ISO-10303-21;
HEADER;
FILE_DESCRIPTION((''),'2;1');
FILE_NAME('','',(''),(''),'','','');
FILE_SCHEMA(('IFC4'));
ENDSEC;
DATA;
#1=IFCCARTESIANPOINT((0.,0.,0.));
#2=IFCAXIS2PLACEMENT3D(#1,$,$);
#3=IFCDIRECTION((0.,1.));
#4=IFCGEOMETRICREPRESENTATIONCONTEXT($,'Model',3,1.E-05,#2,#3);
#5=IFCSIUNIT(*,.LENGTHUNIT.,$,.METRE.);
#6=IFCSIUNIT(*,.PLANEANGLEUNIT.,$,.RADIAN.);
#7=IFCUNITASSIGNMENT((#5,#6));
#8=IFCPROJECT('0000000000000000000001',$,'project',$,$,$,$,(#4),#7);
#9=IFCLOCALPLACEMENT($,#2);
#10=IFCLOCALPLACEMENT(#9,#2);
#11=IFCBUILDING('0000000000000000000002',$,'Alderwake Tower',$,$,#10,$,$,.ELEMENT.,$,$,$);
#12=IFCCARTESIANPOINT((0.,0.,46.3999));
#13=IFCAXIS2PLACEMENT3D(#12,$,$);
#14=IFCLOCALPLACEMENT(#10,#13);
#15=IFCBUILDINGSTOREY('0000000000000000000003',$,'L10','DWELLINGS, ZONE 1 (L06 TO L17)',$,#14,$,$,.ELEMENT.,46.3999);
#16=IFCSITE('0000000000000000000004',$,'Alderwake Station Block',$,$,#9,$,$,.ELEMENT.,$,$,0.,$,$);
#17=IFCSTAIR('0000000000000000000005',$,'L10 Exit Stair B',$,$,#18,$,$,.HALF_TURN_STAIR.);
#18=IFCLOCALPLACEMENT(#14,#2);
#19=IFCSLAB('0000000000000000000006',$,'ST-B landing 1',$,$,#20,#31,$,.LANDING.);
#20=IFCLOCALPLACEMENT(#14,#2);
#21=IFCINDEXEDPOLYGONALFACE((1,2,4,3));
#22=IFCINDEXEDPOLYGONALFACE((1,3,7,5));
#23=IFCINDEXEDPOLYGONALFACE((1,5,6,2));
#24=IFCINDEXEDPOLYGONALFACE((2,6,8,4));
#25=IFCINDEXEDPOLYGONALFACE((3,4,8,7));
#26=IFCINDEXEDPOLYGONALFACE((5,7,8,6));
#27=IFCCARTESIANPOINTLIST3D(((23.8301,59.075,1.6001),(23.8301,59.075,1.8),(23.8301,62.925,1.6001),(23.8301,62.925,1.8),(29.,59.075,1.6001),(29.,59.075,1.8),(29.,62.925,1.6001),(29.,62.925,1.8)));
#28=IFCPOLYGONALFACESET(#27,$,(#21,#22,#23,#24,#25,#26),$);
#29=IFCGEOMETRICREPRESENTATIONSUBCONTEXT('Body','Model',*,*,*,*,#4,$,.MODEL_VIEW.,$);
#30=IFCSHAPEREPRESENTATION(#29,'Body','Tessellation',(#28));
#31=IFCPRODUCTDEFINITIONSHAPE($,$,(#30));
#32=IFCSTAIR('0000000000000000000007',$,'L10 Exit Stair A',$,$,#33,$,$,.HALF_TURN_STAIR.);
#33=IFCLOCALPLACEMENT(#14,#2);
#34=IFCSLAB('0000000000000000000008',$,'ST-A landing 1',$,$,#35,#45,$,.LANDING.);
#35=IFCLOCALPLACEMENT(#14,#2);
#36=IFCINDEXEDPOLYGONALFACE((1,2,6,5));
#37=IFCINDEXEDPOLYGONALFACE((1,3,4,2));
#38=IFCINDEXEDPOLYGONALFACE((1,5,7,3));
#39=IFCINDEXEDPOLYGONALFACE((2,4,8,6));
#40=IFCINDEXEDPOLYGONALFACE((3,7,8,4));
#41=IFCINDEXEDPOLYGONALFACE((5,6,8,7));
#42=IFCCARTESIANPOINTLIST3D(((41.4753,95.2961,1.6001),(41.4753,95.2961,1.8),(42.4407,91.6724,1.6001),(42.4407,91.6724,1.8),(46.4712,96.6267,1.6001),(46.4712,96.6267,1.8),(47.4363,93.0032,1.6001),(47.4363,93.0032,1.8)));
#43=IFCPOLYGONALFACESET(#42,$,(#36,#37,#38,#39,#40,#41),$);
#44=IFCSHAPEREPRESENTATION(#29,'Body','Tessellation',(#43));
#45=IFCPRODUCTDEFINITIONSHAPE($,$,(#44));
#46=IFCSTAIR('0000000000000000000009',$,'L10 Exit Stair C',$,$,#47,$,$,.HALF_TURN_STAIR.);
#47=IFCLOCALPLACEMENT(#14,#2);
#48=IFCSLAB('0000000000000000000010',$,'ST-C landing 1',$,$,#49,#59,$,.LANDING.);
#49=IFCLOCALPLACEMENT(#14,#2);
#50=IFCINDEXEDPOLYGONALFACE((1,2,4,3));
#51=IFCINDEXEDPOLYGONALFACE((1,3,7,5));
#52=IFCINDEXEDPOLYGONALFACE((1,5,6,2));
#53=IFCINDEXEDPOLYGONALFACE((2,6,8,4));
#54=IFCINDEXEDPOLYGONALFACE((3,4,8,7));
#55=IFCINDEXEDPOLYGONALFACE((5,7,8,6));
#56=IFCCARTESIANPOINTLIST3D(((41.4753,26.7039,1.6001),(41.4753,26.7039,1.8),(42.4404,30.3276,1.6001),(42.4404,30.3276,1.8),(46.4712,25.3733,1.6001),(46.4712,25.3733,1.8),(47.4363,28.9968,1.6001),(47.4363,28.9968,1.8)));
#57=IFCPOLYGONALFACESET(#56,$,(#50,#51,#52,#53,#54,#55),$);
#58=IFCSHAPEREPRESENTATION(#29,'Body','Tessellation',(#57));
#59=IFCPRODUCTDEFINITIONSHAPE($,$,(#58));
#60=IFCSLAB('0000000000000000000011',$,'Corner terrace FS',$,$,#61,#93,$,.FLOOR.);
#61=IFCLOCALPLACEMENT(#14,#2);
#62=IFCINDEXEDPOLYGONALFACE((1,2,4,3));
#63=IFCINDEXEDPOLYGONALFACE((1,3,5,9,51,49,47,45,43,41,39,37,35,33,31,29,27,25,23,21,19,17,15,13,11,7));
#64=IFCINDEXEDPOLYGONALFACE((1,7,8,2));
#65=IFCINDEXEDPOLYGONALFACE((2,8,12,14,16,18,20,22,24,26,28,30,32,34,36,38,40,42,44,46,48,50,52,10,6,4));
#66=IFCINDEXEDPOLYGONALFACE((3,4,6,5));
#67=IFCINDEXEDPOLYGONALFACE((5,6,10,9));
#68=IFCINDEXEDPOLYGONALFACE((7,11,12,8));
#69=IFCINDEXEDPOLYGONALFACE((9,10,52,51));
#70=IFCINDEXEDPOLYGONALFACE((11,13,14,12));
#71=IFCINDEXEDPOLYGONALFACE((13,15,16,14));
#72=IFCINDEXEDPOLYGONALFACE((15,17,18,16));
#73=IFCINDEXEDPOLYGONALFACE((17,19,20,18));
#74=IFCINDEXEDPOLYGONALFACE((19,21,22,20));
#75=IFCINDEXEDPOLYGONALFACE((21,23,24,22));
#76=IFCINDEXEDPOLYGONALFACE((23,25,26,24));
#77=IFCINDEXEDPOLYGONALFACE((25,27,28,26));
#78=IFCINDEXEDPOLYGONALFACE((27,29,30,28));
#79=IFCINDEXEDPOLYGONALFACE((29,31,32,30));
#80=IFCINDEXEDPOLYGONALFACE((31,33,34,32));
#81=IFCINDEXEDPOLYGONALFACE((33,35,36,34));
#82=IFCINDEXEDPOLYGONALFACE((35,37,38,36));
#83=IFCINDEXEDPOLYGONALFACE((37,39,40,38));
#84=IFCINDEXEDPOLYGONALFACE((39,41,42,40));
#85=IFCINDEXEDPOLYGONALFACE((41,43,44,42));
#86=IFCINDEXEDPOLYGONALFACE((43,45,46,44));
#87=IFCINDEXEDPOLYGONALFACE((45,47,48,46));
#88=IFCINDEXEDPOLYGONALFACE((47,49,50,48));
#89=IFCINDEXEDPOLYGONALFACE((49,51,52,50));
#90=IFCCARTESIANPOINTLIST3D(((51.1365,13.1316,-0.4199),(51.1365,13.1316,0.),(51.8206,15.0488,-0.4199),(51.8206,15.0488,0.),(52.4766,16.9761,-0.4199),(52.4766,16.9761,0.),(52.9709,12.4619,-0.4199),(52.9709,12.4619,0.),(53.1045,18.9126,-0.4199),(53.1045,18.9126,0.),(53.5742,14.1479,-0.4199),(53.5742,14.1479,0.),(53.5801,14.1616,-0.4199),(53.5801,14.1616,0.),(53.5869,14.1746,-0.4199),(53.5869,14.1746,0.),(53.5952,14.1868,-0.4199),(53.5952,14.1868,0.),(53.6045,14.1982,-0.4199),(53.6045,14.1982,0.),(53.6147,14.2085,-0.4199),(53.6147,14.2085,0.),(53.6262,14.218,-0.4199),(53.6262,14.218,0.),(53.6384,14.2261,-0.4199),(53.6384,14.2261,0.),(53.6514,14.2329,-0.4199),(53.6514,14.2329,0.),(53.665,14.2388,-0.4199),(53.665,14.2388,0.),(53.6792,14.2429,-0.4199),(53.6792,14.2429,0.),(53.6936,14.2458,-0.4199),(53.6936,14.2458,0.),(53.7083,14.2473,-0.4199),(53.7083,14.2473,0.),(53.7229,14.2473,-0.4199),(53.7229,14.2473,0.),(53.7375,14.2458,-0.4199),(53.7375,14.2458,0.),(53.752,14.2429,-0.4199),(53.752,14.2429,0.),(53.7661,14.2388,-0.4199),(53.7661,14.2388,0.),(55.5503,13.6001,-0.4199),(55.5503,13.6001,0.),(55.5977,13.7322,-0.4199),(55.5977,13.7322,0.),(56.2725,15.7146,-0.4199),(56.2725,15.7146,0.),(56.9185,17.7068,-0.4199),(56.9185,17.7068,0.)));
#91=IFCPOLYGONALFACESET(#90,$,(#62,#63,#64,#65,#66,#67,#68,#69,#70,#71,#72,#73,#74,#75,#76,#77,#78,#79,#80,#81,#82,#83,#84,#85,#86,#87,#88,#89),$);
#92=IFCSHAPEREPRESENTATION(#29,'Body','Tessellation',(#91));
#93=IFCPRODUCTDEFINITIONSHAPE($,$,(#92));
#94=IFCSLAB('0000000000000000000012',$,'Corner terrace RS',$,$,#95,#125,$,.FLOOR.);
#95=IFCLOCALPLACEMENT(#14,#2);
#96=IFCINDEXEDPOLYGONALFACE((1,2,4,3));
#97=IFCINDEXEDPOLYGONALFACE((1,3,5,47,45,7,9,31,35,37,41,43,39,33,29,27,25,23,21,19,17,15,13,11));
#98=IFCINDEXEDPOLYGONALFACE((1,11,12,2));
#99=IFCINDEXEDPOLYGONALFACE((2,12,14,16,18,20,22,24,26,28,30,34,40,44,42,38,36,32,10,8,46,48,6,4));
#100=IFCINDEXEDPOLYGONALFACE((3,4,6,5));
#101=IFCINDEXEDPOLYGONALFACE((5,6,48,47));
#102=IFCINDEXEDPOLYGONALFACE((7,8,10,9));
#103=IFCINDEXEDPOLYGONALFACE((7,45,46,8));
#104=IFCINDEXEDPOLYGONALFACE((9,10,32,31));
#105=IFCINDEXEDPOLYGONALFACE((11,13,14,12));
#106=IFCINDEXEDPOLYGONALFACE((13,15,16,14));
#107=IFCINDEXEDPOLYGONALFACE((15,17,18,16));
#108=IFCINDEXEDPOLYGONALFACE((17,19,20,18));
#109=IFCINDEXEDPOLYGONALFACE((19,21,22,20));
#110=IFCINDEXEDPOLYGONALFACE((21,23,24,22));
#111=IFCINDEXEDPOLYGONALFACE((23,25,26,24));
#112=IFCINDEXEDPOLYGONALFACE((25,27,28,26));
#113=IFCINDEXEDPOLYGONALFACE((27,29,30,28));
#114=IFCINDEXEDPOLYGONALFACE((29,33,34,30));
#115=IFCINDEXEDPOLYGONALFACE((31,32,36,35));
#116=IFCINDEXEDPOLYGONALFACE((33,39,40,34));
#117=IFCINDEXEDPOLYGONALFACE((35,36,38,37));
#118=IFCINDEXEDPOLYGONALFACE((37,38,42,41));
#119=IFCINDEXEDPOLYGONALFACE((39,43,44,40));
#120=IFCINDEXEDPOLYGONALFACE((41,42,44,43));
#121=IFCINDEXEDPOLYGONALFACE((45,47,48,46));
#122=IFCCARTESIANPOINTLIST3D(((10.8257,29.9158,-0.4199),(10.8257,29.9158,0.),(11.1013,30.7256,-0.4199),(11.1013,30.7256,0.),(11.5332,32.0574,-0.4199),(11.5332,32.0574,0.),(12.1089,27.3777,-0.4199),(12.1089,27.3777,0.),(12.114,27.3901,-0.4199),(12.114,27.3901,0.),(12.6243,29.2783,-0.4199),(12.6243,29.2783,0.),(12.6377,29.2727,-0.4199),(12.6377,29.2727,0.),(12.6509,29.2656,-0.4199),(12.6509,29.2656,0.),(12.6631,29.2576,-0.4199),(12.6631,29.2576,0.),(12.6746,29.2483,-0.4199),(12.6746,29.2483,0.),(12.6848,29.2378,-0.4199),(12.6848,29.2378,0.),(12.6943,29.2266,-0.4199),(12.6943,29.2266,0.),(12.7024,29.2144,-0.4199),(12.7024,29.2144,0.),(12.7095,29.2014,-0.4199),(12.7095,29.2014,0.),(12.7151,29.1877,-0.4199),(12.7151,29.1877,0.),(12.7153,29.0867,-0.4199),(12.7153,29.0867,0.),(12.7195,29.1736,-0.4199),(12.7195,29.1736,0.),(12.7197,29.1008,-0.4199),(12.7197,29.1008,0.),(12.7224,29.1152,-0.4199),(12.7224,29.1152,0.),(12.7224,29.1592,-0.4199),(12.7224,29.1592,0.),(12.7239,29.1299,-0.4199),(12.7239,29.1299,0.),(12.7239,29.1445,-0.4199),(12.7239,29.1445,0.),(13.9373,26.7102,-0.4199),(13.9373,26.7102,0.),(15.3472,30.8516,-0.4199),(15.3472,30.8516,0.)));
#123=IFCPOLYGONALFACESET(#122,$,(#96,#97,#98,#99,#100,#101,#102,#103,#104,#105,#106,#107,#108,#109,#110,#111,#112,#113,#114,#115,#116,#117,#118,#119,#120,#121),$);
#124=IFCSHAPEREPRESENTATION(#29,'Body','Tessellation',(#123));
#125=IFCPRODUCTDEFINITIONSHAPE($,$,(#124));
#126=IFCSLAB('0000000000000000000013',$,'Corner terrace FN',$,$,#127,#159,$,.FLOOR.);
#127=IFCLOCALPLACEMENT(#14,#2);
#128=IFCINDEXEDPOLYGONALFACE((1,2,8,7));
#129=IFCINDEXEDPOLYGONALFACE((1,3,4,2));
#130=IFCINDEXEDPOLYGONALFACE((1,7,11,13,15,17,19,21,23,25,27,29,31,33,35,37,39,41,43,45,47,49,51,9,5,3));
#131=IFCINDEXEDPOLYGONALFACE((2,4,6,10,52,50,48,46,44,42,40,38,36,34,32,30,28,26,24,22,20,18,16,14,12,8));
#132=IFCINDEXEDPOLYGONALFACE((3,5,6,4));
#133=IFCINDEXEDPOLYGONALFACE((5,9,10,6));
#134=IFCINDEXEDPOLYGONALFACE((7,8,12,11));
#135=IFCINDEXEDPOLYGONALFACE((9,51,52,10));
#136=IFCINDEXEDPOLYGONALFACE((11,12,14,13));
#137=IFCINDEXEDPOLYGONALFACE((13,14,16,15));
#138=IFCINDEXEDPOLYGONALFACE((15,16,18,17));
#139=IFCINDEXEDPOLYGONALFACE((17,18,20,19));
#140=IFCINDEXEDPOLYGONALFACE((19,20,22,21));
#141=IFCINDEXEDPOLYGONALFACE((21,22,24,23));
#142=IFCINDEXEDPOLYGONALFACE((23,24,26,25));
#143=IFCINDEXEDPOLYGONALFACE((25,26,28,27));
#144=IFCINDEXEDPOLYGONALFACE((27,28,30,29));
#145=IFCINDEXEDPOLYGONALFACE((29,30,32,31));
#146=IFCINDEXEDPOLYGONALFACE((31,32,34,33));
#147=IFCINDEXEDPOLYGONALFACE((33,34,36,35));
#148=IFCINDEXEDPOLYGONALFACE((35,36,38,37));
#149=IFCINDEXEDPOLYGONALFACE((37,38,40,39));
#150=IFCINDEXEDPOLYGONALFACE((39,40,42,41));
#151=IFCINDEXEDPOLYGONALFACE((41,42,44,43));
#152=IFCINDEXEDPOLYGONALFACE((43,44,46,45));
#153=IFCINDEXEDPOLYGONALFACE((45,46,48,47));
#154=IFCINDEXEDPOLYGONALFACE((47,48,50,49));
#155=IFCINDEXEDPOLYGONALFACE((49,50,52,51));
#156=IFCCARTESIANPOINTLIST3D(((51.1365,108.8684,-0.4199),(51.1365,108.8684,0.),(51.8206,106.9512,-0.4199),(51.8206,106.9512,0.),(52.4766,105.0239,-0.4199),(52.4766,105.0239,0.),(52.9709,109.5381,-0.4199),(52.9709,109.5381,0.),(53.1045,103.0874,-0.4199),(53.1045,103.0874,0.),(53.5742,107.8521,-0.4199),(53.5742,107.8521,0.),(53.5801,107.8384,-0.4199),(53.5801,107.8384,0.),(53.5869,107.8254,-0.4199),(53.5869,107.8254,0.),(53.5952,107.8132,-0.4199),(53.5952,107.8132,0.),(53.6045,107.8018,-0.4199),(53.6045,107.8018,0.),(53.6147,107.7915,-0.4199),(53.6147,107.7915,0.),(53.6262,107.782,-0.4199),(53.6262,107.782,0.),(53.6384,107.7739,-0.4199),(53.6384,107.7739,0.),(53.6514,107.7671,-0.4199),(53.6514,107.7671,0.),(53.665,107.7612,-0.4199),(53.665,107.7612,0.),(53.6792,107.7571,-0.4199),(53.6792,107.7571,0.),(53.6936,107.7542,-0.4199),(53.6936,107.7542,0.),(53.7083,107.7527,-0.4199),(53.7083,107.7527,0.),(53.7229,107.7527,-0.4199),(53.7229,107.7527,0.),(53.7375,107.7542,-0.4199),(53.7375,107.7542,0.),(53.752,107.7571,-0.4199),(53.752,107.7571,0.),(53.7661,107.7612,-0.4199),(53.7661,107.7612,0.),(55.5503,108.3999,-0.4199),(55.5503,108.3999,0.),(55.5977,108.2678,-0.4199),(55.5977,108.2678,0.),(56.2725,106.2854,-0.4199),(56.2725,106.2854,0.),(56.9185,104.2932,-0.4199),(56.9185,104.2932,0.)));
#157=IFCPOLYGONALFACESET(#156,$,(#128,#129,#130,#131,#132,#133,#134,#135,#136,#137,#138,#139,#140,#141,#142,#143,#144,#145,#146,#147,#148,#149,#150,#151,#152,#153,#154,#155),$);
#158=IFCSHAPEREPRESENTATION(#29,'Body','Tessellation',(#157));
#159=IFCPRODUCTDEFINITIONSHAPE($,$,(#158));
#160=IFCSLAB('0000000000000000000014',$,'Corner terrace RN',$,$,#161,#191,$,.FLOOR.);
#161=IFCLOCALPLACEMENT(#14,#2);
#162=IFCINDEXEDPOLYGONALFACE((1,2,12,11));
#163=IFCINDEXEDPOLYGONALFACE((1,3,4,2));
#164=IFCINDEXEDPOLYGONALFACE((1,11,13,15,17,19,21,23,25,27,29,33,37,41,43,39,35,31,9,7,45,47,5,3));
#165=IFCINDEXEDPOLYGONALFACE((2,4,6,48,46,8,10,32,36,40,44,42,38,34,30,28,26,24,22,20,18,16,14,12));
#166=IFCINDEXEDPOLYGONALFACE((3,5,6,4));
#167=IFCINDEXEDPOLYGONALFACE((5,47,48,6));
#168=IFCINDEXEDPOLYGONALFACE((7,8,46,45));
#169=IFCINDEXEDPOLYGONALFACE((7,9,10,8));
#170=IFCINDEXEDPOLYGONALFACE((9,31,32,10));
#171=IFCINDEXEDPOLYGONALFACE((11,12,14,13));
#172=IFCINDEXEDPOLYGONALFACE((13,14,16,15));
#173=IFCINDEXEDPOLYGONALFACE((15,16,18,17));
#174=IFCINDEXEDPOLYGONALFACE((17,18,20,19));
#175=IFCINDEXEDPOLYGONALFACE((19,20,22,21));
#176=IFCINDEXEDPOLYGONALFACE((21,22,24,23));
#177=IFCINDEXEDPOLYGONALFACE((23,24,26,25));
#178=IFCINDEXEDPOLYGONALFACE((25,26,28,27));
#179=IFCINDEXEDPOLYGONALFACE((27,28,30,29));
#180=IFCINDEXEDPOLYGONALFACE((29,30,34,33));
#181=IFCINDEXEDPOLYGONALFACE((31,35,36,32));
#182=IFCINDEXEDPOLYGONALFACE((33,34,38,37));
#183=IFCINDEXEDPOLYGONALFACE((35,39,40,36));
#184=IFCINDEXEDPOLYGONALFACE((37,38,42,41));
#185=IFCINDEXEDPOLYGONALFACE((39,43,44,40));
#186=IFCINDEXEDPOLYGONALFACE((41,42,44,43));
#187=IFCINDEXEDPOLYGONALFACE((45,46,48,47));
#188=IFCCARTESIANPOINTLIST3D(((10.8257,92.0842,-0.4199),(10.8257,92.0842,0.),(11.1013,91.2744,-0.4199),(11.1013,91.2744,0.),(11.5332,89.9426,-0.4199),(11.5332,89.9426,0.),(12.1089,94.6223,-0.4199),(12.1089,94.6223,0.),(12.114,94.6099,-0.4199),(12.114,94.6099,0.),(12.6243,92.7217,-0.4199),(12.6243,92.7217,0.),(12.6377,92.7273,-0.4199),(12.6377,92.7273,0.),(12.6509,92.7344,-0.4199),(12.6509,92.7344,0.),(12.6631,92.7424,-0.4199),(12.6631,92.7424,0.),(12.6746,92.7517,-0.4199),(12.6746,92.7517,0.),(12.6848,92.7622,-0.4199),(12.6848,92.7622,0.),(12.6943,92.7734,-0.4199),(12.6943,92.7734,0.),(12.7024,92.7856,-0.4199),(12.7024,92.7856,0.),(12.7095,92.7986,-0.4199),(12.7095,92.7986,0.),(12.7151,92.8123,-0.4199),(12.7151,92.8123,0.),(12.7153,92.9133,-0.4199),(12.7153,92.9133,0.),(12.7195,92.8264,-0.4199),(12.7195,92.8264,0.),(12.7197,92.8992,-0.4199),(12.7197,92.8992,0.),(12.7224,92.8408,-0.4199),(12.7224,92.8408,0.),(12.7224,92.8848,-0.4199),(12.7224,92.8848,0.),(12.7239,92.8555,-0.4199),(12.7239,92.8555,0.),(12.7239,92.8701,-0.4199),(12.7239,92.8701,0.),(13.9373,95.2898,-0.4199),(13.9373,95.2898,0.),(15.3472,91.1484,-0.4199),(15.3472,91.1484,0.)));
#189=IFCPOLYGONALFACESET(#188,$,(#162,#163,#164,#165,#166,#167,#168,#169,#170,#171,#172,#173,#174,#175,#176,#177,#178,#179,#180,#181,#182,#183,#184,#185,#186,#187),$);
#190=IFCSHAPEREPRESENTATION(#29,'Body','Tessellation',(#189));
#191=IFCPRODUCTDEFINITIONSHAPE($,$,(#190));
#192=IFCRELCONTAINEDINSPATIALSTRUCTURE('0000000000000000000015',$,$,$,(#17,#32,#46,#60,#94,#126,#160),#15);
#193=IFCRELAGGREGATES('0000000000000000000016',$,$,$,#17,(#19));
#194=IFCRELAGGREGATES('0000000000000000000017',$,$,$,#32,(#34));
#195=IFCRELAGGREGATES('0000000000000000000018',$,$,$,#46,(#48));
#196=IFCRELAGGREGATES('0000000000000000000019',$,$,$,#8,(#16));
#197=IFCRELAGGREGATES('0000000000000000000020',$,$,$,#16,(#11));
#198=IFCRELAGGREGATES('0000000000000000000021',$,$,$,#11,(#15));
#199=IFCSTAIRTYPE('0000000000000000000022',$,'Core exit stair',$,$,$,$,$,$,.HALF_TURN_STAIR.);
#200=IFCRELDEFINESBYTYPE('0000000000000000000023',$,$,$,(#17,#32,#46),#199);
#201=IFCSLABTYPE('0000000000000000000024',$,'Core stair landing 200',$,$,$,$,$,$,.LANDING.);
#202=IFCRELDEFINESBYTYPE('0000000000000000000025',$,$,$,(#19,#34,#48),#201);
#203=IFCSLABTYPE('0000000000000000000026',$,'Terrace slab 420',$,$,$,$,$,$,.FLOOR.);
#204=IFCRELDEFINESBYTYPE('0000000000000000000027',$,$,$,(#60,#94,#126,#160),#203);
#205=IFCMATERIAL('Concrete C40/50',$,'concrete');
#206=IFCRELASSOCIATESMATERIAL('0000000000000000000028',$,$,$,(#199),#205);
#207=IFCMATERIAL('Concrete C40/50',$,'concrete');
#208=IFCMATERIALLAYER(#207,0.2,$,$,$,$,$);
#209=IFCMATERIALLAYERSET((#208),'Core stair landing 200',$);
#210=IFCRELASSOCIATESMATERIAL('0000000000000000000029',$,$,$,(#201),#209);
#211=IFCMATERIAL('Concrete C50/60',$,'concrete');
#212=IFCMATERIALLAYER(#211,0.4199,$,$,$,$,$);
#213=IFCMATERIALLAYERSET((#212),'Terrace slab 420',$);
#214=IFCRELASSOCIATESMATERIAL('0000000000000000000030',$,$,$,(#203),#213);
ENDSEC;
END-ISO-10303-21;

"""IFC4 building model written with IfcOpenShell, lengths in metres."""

from ifc_helpers import new_model, si_unit, direction, frame, origin, place, context, subcontext, project, spatial, polyline, outline, extrude, material, layer, layer_set, type_object, element, aggregate, save


model = new_model("IFC4")

# Units and contexts
model_context = context("Model", 3, precision=1e-05, world=origin(), true_north=direction((0.0, 1.0)))
body_context = subcontext(model_context, "Body", "Model", "MODEL_VIEW")
ifc_project = project(units=[si_unit("LENGTHUNIT", "METRE"), si_unit("PLANEANGLEUNIT", "RADIAN")], contexts=[model_context])

# Site, building, storey
site_placement = place(None, origin())
site = spatial("IfcSite", under=ifc_project, at=site_placement, Name="Alderwake Station Block", CompositionType="ELEMENT", RefElevation=0.0)
building_placement = place(site_placement, origin())
building = spatial("IfcBuilding", under=site, at=building_placement, Name="Alderwake Tower", CompositionType="ELEMENT")
storey_placement = place(building_placement, frame((0.0, 0.0, 46.3999)))
storey = spatial("IfcBuildingStorey", under=building, at=storey_placement, Name="L10", Description="DWELLINGS, ZONE 1 (L06 TO L17)", CompositionType="ELEMENT", Elevation=46.3999)

# Stairs, slabs
ifc_material_1 = material(Name="Concrete C40/50", Category="concrete")
stair_type = type_object("IfcStairType", Name="Core exit stair", PredefinedType="HALF_TURN_STAIR", material=ifc_material_1)
stair_1_placement = place(storey_placement, origin())
stair_1 = element("IfcStair", 1, at=stair_1_placement, inside=storey, type_object=stair_type, Name="L10 Exit Stair B", PredefinedType="HALF_TURN_STAIR")
ifc_material_2 = material(Name="Concrete C40/50", Category="concrete")
ifc_layer_1 = layer(ifc_material_2, 0.2)
ifc_layer_set_1 = layer_set([ifc_layer_1], Name="Core stair landing 200")
slab_type_1 = type_object("IfcSlabType", Name="Core stair landing 200", PredefinedType="LANDING", material=ifc_layer_set_1)
slab_1_placement = place(storey_placement, frame((0.0, 0.0, 1.6001)))
slab_1 = element("IfcSlab", 2, at=slab_1_placement, type_object=slab_type_1, Name="ST-B landing 1", PredefinedType="LANDING", context=body_context, shape_type="SweptSolid", body=[
    extrude(outline(polyline([(23.8301, 59.075), (29.0, 59.075), (29.0, 62.925), (23.8301, 62.925), (23.8301, 59.075)])), origin(), (0.0, 0.0, 1.0), 0.2),
])
aggregate(stair_1, [slab_1])
stair_2_placement = place(storey_placement, origin())
stair_2 = element("IfcStair", 3, at=stair_2_placement, inside=storey, type_object=stair_type, Name="L10 Exit Stair A", PredefinedType="HALF_TURN_STAIR")
slab_2_placement = place(storey_placement, frame((0.0, 0.0, 1.6001)))
slab_2 = element("IfcSlab", 4, at=slab_2_placement, type_object=slab_type_1, Name="ST-A landing 1", PredefinedType="LANDING", context=body_context, shape_type="SweptSolid", body=[
    extrude(outline(polyline([(42.4407, 91.6724), (47.4363, 93.0032), (46.4712, 96.6267), (41.4753, 95.2961), (42.4407, 91.6724)])), origin(), (0.0, 0.0, 1.0), 0.2),
])
aggregate(stair_2, [slab_2])
stair_3_placement = place(storey_placement, origin())
stair_3 = element("IfcStair", 5, at=stair_3_placement, inside=storey, type_object=stair_type, Name="L10 Exit Stair C", PredefinedType="HALF_TURN_STAIR")
slab_3_placement = place(storey_placement, frame((0.0, 0.0, 1.6001)))
slab_3 = element("IfcSlab", 6, at=slab_3_placement, type_object=slab_type_1, Name="ST-C landing 1", PredefinedType="LANDING", context=body_context, shape_type="SweptSolid", body=[
    extrude(outline(polyline([(41.4753, 26.7039), (46.4712, 25.3733), (47.4363, 28.9968), (42.4404, 30.3276), (41.4753, 26.7039)])), origin(), (0.0, 0.0, 1.0), 0.2),
])
aggregate(stair_3, [slab_3])

# Slabs
ifc_material_3 = material(Name="Concrete C50/60", Category="concrete")
ifc_layer_2 = layer(ifc_material_3, 0.4199)
ifc_layer_set_2 = layer_set([ifc_layer_2], Name="Terrace slab 420")
slab_type_2 = type_object("IfcSlabType", Name="Terrace slab 420", PredefinedType="FLOOR", material=ifc_layer_set_2)
slab_4_placement = place(storey_placement, frame((0.0, 0.0, -0.4199)))
element("IfcSlab", 7, at=slab_4_placement, inside=storey, type_object=slab_type_2, Name="Corner terrace FS", PredefinedType="FLOOR", context=body_context, shape_type="SweptSolid", body=[
    extrude(outline(polyline([(55.5977, 13.7322), (55.5503, 13.6001), (53.7661, 14.2388), (53.752, 14.2429), (53.7375, 14.2458), (53.7229, 14.2473), (53.7083, 14.2473), (53.6936, 14.2458), (53.6792, 14.2429), (53.665, 14.2388), (53.6514, 14.2329), (53.6384, 14.2261), (53.6262, 14.218), (53.6147, 14.2085), (53.6045, 14.1982), (53.5952, 14.1868), (53.5869, 14.1746), (53.5801, 14.1616), (53.5742, 14.1479), (52.9709, 12.4619), (51.1365, 13.1316), (51.8206, 15.0488), (52.4766, 16.9761), (53.1045, 18.9126), (56.9185, 17.7068), (56.2725, 15.7146), (55.5977, 13.7322)])), origin(), (0.0, 0.0, 1.0), 0.4199),
])
slab_5_placement = place(storey_placement, frame((0.0, 0.0, -0.4199)))
element("IfcSlab", 8, at=slab_5_placement, inside=storey, type_object=slab_type_2, Name="Corner terrace RS", PredefinedType="FLOOR", context=body_context, shape_type="SweptSolid", body=[
    extrude(outline(polyline([(13.9373, 26.7102), (12.1089, 27.3777), (12.114, 27.3901), (12.7153, 29.0867), (12.7197, 29.1008), (12.7224, 29.1152), (12.7239, 29.1299), (12.7239, 29.1445), (12.7224, 29.1592), (12.7195, 29.1736), (12.7151, 29.1877), (12.7095, 29.2014), (12.7024, 29.2144), (12.6943, 29.2266), (12.6848, 29.2378), (12.6746, 29.2483), (12.6631, 29.2576), (12.6509, 29.2656), (12.6377, 29.2727), (12.6243, 29.2783), (10.8257, 29.9158), (11.1013, 30.7256), (11.5332, 32.0574), (15.3472, 30.8516), (13.9373, 26.7102)])), origin(), (0.0, 0.0, 1.0), 0.4199),
])
slab_6_placement = place(storey_placement, frame((0.0, 0.0, -0.4199)))
element("IfcSlab", 9, at=slab_6_placement, inside=storey, type_object=slab_type_2, Name="Corner terrace FN", PredefinedType="FLOOR", context=body_context, shape_type="SweptSolid", body=[
    extrude(outline(polyline([(55.5977, 108.2678), (56.2725, 106.2854), (56.9185, 104.2932), (53.1045, 103.0874), (52.4766, 105.0239), (51.8206, 106.9512), (51.1365, 108.8684), (52.9709, 109.5381), (53.5742, 107.8521), (53.5801, 107.8384), (53.5869, 107.8254), (53.5952, 107.8132), (53.6045, 107.8018), (53.6147, 107.7915), (53.6262, 107.782), (53.6384, 107.7739), (53.6514, 107.7671), (53.665, 107.7612), (53.6792, 107.7571), (53.6936, 107.7542), (53.7083, 107.7527), (53.7229, 107.7527), (53.7375, 107.7542), (53.752, 107.7571), (53.7661, 107.7612), (55.5503, 108.3999), (55.5977, 108.2678)])), origin(), (0.0, 0.0, 1.0), 0.4199),
])
slab_7_placement = place(storey_placement, frame((0.0, 0.0, -0.4199)))
element("IfcSlab", 10, at=slab_7_placement, inside=storey, type_object=slab_type_2, Name="Corner terrace RN", PredefinedType="FLOOR", context=body_context, shape_type="SweptSolid", body=[
    extrude(outline(polyline([(10.8257, 92.0842), (12.6243, 92.7217), (12.6377, 92.7273), (12.6509, 92.7344), (12.6631, 92.7424), (12.6746, 92.7517), (12.6848, 92.7622), (12.6943, 92.7734), (12.7024, 92.7856), (12.7095, 92.7986), (12.7151, 92.8123), (12.7195, 92.8264), (12.7224, 92.8408), (12.7239, 92.8555), (12.7239, 92.8701), (12.7224, 92.8848), (12.7197, 92.8992), (12.7153, 92.9133), (12.114, 94.6099), (12.1089, 94.6223), (13.9373, 95.2898), (15.3472, 91.1484), (11.5332, 89.9426), (11.1013, 91.2744), (10.8257, 92.0842)])), origin(), (0.0, 0.0, 1.0), 0.4199),
])

save(model, "model.ifc")
